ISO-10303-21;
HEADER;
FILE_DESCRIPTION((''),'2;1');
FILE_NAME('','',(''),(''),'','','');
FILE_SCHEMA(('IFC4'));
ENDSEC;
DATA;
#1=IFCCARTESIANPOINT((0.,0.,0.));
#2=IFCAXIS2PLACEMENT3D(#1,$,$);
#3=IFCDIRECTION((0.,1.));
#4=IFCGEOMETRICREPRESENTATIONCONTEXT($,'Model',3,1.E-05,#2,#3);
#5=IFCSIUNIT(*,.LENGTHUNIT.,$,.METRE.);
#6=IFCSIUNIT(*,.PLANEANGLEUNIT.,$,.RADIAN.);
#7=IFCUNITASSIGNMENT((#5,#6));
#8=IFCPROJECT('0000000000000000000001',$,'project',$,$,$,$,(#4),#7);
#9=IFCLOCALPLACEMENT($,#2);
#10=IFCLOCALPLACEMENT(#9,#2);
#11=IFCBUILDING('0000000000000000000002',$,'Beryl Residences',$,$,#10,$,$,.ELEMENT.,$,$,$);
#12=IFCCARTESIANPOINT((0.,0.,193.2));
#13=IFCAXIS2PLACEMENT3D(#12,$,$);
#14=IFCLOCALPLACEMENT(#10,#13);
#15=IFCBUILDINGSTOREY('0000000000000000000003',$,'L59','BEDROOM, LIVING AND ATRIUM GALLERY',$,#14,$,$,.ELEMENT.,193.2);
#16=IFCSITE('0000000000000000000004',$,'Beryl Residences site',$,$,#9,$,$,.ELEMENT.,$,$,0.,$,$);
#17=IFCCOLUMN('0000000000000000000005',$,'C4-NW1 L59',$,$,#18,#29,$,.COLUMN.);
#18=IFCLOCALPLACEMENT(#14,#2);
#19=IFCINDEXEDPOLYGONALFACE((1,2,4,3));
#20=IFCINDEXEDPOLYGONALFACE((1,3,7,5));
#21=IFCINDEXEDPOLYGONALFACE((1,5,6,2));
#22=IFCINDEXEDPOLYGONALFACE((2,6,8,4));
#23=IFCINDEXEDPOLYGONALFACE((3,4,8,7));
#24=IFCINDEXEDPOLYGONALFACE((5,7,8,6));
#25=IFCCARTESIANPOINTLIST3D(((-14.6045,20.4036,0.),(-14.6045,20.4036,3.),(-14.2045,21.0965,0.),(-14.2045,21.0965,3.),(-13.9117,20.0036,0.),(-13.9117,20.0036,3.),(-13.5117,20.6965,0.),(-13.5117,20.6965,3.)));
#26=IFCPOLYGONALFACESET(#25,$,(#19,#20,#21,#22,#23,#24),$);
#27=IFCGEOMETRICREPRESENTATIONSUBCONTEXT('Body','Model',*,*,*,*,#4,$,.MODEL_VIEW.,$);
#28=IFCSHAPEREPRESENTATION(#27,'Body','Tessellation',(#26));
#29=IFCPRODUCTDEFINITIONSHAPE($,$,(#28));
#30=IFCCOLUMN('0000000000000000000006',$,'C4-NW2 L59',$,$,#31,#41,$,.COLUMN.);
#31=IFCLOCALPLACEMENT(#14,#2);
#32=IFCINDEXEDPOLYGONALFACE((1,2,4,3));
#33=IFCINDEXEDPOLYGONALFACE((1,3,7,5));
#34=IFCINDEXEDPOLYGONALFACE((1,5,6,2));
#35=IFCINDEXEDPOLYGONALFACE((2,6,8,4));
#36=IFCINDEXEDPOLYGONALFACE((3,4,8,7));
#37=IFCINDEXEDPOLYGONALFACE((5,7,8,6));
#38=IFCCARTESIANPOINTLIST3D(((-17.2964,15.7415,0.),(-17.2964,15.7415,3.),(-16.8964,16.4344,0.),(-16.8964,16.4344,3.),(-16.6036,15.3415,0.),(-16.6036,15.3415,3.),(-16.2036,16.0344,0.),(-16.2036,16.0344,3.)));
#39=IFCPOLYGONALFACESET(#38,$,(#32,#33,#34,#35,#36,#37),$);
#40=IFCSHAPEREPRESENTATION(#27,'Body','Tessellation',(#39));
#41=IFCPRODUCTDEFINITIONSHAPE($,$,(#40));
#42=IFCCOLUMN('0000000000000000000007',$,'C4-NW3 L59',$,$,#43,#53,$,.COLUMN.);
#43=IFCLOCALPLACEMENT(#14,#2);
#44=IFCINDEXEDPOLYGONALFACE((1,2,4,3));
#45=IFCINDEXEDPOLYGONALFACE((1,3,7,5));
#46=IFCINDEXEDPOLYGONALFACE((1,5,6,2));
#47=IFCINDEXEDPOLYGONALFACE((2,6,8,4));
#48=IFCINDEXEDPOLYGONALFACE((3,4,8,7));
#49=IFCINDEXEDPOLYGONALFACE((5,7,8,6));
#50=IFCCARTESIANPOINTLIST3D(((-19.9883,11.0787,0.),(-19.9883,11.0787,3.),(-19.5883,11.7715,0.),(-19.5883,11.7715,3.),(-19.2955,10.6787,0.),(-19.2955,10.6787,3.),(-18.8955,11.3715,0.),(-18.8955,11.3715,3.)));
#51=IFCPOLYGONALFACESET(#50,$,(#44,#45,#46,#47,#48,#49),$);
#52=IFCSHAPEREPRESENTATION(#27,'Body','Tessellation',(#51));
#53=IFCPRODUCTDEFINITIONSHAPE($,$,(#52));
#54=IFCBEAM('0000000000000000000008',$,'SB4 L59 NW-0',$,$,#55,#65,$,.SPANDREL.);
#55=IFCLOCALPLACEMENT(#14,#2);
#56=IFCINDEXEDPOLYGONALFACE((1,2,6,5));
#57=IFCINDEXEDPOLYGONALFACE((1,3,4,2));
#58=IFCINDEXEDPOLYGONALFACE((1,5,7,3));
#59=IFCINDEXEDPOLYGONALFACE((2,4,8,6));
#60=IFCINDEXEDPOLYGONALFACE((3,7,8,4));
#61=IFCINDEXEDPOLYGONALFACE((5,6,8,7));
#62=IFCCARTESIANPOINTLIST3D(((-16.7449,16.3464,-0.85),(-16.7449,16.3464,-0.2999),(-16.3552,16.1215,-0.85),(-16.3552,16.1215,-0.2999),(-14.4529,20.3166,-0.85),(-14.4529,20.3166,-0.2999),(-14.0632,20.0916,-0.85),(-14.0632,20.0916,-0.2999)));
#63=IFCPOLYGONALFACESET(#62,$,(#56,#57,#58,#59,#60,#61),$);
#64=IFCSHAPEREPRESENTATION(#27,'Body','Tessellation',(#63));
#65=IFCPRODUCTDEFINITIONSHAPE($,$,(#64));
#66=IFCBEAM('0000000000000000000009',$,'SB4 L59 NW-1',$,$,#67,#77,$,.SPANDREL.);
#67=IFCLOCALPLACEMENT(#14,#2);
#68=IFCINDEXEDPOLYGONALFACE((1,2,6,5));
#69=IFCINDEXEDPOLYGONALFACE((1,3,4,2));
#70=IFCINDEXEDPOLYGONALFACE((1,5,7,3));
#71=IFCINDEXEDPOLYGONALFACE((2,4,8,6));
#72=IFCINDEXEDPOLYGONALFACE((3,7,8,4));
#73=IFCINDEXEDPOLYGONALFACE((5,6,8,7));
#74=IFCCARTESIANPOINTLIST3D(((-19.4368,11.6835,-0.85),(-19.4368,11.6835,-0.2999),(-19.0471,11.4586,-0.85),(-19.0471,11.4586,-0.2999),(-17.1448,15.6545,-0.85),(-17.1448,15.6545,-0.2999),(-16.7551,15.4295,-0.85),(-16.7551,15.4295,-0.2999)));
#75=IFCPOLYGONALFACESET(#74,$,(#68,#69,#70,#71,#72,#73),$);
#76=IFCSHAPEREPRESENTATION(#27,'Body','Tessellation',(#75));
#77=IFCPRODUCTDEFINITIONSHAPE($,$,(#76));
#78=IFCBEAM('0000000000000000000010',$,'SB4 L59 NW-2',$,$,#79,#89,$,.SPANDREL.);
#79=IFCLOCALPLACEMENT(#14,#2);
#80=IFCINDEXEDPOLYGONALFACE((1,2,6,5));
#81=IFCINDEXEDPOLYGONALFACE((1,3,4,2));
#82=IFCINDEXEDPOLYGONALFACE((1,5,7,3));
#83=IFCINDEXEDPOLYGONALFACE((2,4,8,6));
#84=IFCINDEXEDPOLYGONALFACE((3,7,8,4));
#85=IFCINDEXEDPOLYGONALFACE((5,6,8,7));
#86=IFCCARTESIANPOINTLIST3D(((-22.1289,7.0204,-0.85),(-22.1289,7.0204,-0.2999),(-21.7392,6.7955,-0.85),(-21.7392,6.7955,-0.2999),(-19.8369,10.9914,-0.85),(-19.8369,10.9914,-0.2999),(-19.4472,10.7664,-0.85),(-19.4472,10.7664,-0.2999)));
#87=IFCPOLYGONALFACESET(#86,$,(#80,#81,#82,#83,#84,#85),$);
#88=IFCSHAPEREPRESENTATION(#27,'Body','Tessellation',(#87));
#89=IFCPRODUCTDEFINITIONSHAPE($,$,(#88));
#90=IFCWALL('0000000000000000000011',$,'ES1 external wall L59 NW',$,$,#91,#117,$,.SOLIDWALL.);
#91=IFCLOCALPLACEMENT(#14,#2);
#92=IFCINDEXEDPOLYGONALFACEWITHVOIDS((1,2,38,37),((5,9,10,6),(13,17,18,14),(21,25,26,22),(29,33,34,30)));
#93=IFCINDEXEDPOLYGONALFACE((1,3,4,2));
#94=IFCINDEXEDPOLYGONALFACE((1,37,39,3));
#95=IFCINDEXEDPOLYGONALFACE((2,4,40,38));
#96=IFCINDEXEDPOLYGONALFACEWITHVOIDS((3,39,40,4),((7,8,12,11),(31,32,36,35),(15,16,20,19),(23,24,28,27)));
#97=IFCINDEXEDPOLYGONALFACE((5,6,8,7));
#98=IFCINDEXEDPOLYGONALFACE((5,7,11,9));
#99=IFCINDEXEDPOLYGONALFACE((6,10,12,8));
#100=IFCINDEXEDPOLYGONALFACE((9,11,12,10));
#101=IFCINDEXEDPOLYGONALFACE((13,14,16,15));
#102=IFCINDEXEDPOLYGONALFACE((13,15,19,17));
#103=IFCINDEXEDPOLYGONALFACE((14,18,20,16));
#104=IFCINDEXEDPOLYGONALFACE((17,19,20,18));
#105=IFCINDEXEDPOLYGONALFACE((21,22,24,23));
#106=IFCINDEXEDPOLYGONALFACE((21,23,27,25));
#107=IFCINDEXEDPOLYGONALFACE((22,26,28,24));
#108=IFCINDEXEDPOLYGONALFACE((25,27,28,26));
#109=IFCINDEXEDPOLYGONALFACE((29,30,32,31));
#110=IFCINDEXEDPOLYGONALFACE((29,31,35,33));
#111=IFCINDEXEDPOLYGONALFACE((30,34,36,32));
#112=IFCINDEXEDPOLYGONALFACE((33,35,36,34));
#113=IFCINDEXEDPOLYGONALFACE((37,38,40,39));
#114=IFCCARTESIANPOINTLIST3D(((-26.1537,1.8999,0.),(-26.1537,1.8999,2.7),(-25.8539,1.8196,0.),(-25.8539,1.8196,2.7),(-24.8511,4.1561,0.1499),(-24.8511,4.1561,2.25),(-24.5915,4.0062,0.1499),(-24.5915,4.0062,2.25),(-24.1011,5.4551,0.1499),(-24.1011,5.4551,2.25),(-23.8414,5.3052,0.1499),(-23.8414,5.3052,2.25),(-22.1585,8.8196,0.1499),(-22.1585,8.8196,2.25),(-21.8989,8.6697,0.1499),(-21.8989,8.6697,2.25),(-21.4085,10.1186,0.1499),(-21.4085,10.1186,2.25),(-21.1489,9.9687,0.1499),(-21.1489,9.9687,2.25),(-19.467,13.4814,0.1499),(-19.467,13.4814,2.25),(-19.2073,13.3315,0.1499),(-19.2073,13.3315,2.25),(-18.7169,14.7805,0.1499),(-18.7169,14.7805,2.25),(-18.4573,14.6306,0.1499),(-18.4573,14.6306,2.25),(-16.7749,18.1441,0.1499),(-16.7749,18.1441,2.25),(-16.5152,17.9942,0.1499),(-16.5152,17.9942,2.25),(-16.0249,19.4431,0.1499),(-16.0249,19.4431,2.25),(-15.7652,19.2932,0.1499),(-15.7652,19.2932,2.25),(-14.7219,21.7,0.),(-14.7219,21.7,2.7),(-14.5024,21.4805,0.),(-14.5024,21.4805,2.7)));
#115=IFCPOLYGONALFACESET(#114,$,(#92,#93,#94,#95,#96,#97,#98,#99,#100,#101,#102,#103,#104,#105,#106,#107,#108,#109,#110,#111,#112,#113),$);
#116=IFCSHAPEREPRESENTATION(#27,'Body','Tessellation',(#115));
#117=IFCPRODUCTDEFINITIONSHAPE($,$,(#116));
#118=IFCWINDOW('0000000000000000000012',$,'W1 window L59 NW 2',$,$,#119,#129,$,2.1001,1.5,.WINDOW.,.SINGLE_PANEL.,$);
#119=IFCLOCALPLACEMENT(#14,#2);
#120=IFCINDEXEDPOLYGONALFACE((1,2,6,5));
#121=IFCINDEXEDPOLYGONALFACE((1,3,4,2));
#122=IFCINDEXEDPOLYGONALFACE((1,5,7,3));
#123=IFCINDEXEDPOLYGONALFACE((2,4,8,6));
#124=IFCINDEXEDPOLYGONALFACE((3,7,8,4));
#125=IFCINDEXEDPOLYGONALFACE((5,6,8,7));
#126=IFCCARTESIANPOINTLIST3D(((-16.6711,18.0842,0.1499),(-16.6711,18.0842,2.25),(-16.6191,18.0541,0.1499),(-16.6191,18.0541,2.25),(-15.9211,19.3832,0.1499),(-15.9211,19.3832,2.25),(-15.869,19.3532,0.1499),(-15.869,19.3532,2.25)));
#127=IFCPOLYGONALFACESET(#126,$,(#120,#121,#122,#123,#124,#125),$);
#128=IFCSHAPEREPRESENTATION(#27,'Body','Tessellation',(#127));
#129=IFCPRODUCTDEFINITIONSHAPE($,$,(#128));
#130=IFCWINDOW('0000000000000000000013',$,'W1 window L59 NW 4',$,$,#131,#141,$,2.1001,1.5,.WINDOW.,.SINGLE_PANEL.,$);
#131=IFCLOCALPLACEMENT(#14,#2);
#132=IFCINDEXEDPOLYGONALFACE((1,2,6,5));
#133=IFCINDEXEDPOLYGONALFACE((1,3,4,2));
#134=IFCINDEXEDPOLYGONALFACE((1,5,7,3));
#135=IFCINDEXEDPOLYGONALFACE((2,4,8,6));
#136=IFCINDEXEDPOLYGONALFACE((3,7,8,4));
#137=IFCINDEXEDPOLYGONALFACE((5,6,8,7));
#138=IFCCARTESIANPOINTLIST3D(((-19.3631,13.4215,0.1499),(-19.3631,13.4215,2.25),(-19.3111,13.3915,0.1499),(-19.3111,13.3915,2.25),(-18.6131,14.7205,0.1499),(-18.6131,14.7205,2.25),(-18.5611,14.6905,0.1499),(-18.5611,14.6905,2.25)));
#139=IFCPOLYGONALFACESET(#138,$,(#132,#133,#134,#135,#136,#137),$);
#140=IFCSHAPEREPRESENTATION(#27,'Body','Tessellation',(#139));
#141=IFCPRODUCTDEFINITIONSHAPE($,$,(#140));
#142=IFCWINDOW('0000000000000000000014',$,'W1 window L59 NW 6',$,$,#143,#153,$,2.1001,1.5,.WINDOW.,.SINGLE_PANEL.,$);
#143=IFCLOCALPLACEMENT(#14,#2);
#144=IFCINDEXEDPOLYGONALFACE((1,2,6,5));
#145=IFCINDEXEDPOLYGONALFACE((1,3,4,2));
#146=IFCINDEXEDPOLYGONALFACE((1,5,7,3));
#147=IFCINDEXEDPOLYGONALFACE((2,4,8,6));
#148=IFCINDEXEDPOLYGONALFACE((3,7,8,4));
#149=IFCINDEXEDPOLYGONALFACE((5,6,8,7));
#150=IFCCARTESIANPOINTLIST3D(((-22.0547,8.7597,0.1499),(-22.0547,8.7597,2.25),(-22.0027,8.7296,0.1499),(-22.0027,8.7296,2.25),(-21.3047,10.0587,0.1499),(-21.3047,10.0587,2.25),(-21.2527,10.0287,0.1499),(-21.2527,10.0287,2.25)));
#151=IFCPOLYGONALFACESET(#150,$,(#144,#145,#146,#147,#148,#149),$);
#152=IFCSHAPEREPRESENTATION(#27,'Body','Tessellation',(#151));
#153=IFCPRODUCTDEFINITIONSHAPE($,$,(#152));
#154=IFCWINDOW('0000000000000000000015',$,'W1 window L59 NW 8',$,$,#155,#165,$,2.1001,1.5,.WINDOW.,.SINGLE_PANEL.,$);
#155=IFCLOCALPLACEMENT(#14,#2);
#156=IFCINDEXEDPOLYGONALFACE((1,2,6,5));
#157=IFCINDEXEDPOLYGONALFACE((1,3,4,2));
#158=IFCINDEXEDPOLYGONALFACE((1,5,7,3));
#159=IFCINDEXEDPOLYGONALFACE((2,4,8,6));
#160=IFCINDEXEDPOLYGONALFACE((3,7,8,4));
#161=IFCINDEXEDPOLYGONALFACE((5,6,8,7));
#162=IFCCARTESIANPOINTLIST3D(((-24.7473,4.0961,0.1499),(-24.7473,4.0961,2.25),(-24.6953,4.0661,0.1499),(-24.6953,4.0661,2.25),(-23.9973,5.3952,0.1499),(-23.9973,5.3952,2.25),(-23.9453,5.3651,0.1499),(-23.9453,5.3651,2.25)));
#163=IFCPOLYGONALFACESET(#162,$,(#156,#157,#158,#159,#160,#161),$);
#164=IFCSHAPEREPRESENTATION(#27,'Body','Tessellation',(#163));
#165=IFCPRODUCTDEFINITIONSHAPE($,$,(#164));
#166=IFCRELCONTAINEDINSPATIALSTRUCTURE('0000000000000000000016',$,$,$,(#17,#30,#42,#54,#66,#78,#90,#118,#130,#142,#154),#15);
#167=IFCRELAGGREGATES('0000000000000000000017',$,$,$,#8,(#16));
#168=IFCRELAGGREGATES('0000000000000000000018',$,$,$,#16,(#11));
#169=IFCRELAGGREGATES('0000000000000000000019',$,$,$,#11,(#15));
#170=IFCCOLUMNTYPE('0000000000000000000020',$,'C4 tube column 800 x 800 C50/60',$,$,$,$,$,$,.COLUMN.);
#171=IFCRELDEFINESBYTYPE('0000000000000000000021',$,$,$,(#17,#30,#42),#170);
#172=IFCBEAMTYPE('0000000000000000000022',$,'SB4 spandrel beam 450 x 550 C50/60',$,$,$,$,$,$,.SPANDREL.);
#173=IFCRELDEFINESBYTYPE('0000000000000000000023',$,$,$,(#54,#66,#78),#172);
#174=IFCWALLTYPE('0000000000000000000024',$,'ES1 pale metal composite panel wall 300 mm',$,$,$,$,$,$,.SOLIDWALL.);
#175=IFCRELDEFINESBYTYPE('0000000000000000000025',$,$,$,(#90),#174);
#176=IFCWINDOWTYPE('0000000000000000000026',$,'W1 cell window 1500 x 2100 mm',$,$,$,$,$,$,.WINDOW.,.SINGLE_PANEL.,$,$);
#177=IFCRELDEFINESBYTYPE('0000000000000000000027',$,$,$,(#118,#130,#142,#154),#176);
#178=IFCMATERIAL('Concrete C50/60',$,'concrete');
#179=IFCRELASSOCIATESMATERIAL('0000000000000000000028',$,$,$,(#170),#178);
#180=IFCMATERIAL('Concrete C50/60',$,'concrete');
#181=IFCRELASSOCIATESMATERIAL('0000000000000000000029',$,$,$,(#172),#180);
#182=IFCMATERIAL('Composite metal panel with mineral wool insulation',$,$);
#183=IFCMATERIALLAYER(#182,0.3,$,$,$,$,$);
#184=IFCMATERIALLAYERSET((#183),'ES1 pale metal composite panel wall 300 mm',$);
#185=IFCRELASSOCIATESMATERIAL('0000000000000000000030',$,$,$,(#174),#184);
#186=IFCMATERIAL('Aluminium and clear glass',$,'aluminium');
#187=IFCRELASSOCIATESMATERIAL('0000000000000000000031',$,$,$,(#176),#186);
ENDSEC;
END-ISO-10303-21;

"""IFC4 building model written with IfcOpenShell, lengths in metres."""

from ifc_helpers import new_model, si_unit, direction, frame, frame_2d, origin, origin_2d, place, context, subcontext, project, spatial, polyline, rectangle, outline, extrude, material, layer, layer_set, material_profile, profile_set, type_object, element, fill, save


model = new_model("IFC4")

# Units and contexts
model_context = context("Model", 3, precision=1e-05, world=origin(), true_north=direction((0.0, 1.0)))
body_context = subcontext(model_context, "Body", "Model", "MODEL_VIEW")
ifc_project = project(units=[si_unit("LENGTHUNIT", "METRE"), si_unit("PLANEANGLEUNIT", "RADIAN")], contexts=[model_context])

# Site, building, storey
site_placement = place(None, origin())
site = spatial("IfcSite", under=ifc_project, at=site_placement, Name="Beryl Residences site", CompositionType="ELEMENT", RefElevation=0.0)
building_placement = place(site_placement, origin())
building = spatial("IfcBuilding", under=site, at=building_placement, Name="Beryl Residences", CompositionType="ELEMENT")
storey_placement = place(building_placement, frame((0.0, 0.0, 193.2)))
storey = spatial("IfcBuildingStorey", under=building, at=storey_placement, Name="L59", Description="BEDROOM, LIVING AND ATRIUM GALLERY", CompositionType="ELEMENT", Elevation=193.2)

# Columns
ifc_material_1 = material(Name="Concrete C50/60", Category="concrete")
ifc_material_profile_1 = material_profile(ifc_material_1, rectangle(XDim=0.8, YDim=0.8, at=origin_2d()))
ifc_profile_set_1 = profile_set([ifc_material_profile_1], Name="Concrete C50/60")
column_type = type_object("IfcColumnType", Name="C4 tube column 800 x 800 C50/60", PredefinedType="COLUMN", material=ifc_profile_set_1)
for number, where, z_axis, x_axis, name in (
    (1, (-14.0581, 20.55, 0.0), (0.0, 0.0, 1.0), (-0.5, -0.866025, 0.0), "C4-NW1 L59"),
    (2, (-16.75, 15.8879, 0.0), (0.0, 0.0, 1.0), (-0.5, -0.866025, 0.0), "C4-NW2 L59"),
    (3, (-19.4419, 11.2251, 0.0), (0.0, 0.0, 1.0), (-0.5, -0.866025, 0.0), "C4-NW3 L59"),
):
    element("IfcColumn", number, at=place(storey_placement, frame(where, z_axis=z_axis, x_axis=x_axis)), inside=storey, type_object=column_type, Name=name, PredefinedType="COLUMN", context=body_context, shape_type="SweptSolid", body=[
        extrude(rectangle(XDim=0.8, YDim=0.8, at=origin_2d()), origin(), (0.0, 0.0, 1.0), 3.0),
    ])

# Beams
ifc_material_2 = material(Name="Concrete C50/60", Category="concrete")
ifc_material_profile_2 = material_profile(ifc_material_2, rectangle(XDim=0.45, YDim=0.55, at=origin_2d()))
ifc_profile_set_2 = profile_set([ifc_material_profile_2], Name="Concrete C50/60")
beam_type = type_object("IfcBeamType", Name="SB4 spandrel beam 450 x 550 C50/60", PredefinedType="SPANDREL", material=ifc_profile_set_2)
beam_placement = place(storey_placement, frame((-14.2581, 20.2041, -0.575), z_axis=(-0.499965, -0.866045, 0.0), x_axis=(0.866045, -0.499965, 0.0)))
element("IfcBeam", 4, at=beam_placement, inside=storey, type_object=beam_type, Name="SB4 L59 NW-0", PredefinedType="SPANDREL", context=body_context, shape_type="SweptSolid", body=[
    extrude(rectangle(XDim=0.45, YDim=0.55, at=origin_2d()), origin(), (0.0, 0.0, 1.0), 4.5842),
])
for number, where, z_axis, x_axis, name in (
    (5, (-16.95, 15.542, -0.575), (-0.499896, -0.866085, 0.0), (0.866085, -0.499896, 0.0), "SB4 L59 NW-1"),
    (6, (-19.6421, 10.8789, -0.575), (-0.499896, -0.866085, 0.0), (0.866085, -0.499896, 0.0), "SB4 L59 NW-2"),
):
    element("IfcBeam", number, at=place(storey_placement, frame(where, z_axis=z_axis, x_axis=x_axis)), inside=storey, type_object=beam_type, Name=name, PredefinedType="SPANDREL", context=body_context, shape_type="SweptSolid", body=[
        extrude(rectangle(XDim=0.45, YDim=0.55, at=origin_2d()), origin(), (0.0, 0.0, 1.0), 4.585),
    ])

# Wall, openings, windows
ifc_material_3 = material(Name="Composite metal panel with mineral wool insulation")
ifc_layer_1 = layer(ifc_material_3, 0.3)
ifc_layer_set_1 = layer_set([ifc_layer_1], Name="ES1 pale metal composite panel wall 300 mm")
wall_type_1 = type_object("IfcWallType", Name="ES1 pale metal composite panel wall 300 mm", PredefinedType="SOLIDWALL", material=ifc_layer_set_1)
wall_1_placement = place(storey_placement, frame((-14.592, 21.625, 0.0), z_axis=(0.0, 0.0, 1.0), x_axis=(-0.500011, -0.866019, 0.0)))
wall_1 = element("IfcWall", 7, at=wall_1_placement, inside=storey, type_object=wall_type_1, Name="ES1 external wall L59 NW", PredefinedType="SOLIDWALL", context=body_context, shape_type="SweptSolid", body=[
    extrude(outline(polyline([(0.0, -0.1499), (22.8633, -0.1499), (22.783, 0.1499), (0.0803, 0.1499), (0.0, -0.1499)])), origin(), (0.0, 0.0, 1.0), 2.7),
])
opening_1_placement = place(wall_1_placement, frame((2.606, 0.0, 0.1499)))
opening_1 = element("IfcOpeningElement", 8, at=opening_1_placement, cuts=wall_1, PredefinedType="OPENING", context=body_context, shape_type="SweptSolid", body=[
    extrude(rectangle(XDim=1.5, YDim=2.1001, at=frame_2d((0.75, 1.05))), frame((0.0, 0.1599, 0.0), z_axis=(0.0, -1.0, 0.0), x_axis=(1.0, 0.0, 0.0)), (0.0, 0.0, 1.0), 0.3201),
])
opening_2_placement = place(wall_1_placement, frame((7.99, 0.0, 0.1499)))
opening_2 = element("IfcOpeningElement", 9, at=opening_2_placement, cuts=wall_1, PredefinedType="OPENING", context=body_context, shape_type="SweptSolid", body=[
    extrude(rectangle(XDim=1.5, YDim=2.1001, at=frame_2d((0.75, 1.05))), frame((0.0, 0.1599, 0.0), z_axis=(0.0, -1.0, 0.0), x_axis=(1.0, 0.0, 0.0)), (0.0, 0.0, 1.0), 0.3201),
])
opening_3_placement = place(wall_1_placement, frame((13.373, 0.0, 0.1499)))
opening_3 = element("IfcOpeningElement", 10, at=opening_3_placement, cuts=wall_1, PredefinedType="OPENING", context=body_context, shape_type="SweptSolid", body=[
    extrude(rectangle(XDim=1.5, YDim=2.1001, at=frame_2d((0.75, 1.05))), frame((0.0, 0.1599, 0.0), z_axis=(0.0, -1.0, 0.0), x_axis=(1.0, 0.0, 0.0)), (0.0, 0.0, 1.0), 0.3201),
])
opening_4_placement = place(wall_1_placement, frame((18.7581, 0.0, 0.1499)))
opening_4 = element("IfcOpeningElement", 11, at=opening_4_placement, cuts=wall_1, PredefinedType="OPENING", context=body_context, shape_type="SweptSolid", body=[
    extrude(rectangle(XDim=1.5, YDim=2.1001, at=frame_2d((0.75, 1.05))), frame((0.0, 0.1599, 0.0), z_axis=(0.0, -1.0, 0.0), x_axis=(1.0, 0.0, 0.0)), (0.0, 0.0, 1.0), 0.3201),
])
ifc_material_4 = material(Name="Aluminium and clear glass", Category="aluminium")
window_type = type_object("IfcWindowType", Name="W1 cell window 1500 x 2100 mm", PartitioningType="SINGLE_PANEL", PredefinedType="WINDOW", material=ifc_material_4)
window_1_placement = place(opening_1_placement, origin())
window_1 = element("IfcWindow", 12, at=window_1_placement, inside=storey, type_object=window_type, Name="W1 window L59 NW 2", OverallHeight=2.1001, OverallWidth=1.5, PartitioningType="SINGLE_PANEL", PredefinedType="WINDOW", context=body_context, shape_type="SweptSolid", body=[
    extrude(rectangle(XDim=1.5, YDim=2.1001, at=frame_2d((0.75, 1.05))), frame((0.0, 0.03, 0.0), z_axis=(0.0, -1.0, 0.0), x_axis=(1.0, 0.0, 0.0)), (0.0, 0.0, 1.0), 0.0601),
])
fill(opening_1, window_1)
window_2_placement = place(opening_2_placement, origin())
window_2 = element("IfcWindow", 13, at=window_2_placement, inside=storey, type_object=window_type, Name="W1 window L59 NW 4", OverallHeight=2.1001, OverallWidth=1.5, PartitioningType="SINGLE_PANEL", PredefinedType="WINDOW", context=body_context, shape_type="SweptSolid", body=[
    extrude(rectangle(XDim=1.5, YDim=2.1001, at=frame_2d((0.75, 1.05))), frame((0.0, 0.03, 0.0), z_axis=(0.0, -1.0, 0.0), x_axis=(1.0, 0.0, 0.0)), (0.0, 0.0, 1.0), 0.0601),
])
fill(opening_2, window_2)
window_3_placement = place(opening_3_placement, origin())
window_3 = element("IfcWindow", 14, at=window_3_placement, inside=storey, type_object=window_type, Name="W1 window L59 NW 6", OverallHeight=2.1001, OverallWidth=1.5, PartitioningType="SINGLE_PANEL", PredefinedType="WINDOW", context=body_context, shape_type="SweptSolid", body=[
    extrude(rectangle(XDim=1.5, YDim=2.1001, at=frame_2d((0.75, 1.05))), frame((0.0, 0.03, 0.0), z_axis=(0.0, -1.0, 0.0), x_axis=(1.0, 0.0, 0.0)), (0.0, 0.0, 1.0), 0.0601),
])
fill(opening_3, window_3)
window_4_placement = place(opening_4_placement, origin())
window_4 = element("IfcWindow", 15, at=window_4_placement, inside=storey, type_object=window_type, Name="W1 window L59 NW 8", OverallHeight=2.1001, OverallWidth=1.5, PartitioningType="SINGLE_PANEL", PredefinedType="WINDOW", context=body_context, shape_type="SweptSolid", body=[
    extrude(rectangle(XDim=1.5, YDim=2.1001, at=frame_2d((0.75, 1.05))), frame((0.0, 0.03, 0.0), z_axis=(0.0, -1.0, 0.0), x_axis=(1.0, 0.0, 0.0)), (0.0, 0.0, 1.0), 0.0601),
])
fill(opening_4, window_4)

save(model, "model.ifc")
